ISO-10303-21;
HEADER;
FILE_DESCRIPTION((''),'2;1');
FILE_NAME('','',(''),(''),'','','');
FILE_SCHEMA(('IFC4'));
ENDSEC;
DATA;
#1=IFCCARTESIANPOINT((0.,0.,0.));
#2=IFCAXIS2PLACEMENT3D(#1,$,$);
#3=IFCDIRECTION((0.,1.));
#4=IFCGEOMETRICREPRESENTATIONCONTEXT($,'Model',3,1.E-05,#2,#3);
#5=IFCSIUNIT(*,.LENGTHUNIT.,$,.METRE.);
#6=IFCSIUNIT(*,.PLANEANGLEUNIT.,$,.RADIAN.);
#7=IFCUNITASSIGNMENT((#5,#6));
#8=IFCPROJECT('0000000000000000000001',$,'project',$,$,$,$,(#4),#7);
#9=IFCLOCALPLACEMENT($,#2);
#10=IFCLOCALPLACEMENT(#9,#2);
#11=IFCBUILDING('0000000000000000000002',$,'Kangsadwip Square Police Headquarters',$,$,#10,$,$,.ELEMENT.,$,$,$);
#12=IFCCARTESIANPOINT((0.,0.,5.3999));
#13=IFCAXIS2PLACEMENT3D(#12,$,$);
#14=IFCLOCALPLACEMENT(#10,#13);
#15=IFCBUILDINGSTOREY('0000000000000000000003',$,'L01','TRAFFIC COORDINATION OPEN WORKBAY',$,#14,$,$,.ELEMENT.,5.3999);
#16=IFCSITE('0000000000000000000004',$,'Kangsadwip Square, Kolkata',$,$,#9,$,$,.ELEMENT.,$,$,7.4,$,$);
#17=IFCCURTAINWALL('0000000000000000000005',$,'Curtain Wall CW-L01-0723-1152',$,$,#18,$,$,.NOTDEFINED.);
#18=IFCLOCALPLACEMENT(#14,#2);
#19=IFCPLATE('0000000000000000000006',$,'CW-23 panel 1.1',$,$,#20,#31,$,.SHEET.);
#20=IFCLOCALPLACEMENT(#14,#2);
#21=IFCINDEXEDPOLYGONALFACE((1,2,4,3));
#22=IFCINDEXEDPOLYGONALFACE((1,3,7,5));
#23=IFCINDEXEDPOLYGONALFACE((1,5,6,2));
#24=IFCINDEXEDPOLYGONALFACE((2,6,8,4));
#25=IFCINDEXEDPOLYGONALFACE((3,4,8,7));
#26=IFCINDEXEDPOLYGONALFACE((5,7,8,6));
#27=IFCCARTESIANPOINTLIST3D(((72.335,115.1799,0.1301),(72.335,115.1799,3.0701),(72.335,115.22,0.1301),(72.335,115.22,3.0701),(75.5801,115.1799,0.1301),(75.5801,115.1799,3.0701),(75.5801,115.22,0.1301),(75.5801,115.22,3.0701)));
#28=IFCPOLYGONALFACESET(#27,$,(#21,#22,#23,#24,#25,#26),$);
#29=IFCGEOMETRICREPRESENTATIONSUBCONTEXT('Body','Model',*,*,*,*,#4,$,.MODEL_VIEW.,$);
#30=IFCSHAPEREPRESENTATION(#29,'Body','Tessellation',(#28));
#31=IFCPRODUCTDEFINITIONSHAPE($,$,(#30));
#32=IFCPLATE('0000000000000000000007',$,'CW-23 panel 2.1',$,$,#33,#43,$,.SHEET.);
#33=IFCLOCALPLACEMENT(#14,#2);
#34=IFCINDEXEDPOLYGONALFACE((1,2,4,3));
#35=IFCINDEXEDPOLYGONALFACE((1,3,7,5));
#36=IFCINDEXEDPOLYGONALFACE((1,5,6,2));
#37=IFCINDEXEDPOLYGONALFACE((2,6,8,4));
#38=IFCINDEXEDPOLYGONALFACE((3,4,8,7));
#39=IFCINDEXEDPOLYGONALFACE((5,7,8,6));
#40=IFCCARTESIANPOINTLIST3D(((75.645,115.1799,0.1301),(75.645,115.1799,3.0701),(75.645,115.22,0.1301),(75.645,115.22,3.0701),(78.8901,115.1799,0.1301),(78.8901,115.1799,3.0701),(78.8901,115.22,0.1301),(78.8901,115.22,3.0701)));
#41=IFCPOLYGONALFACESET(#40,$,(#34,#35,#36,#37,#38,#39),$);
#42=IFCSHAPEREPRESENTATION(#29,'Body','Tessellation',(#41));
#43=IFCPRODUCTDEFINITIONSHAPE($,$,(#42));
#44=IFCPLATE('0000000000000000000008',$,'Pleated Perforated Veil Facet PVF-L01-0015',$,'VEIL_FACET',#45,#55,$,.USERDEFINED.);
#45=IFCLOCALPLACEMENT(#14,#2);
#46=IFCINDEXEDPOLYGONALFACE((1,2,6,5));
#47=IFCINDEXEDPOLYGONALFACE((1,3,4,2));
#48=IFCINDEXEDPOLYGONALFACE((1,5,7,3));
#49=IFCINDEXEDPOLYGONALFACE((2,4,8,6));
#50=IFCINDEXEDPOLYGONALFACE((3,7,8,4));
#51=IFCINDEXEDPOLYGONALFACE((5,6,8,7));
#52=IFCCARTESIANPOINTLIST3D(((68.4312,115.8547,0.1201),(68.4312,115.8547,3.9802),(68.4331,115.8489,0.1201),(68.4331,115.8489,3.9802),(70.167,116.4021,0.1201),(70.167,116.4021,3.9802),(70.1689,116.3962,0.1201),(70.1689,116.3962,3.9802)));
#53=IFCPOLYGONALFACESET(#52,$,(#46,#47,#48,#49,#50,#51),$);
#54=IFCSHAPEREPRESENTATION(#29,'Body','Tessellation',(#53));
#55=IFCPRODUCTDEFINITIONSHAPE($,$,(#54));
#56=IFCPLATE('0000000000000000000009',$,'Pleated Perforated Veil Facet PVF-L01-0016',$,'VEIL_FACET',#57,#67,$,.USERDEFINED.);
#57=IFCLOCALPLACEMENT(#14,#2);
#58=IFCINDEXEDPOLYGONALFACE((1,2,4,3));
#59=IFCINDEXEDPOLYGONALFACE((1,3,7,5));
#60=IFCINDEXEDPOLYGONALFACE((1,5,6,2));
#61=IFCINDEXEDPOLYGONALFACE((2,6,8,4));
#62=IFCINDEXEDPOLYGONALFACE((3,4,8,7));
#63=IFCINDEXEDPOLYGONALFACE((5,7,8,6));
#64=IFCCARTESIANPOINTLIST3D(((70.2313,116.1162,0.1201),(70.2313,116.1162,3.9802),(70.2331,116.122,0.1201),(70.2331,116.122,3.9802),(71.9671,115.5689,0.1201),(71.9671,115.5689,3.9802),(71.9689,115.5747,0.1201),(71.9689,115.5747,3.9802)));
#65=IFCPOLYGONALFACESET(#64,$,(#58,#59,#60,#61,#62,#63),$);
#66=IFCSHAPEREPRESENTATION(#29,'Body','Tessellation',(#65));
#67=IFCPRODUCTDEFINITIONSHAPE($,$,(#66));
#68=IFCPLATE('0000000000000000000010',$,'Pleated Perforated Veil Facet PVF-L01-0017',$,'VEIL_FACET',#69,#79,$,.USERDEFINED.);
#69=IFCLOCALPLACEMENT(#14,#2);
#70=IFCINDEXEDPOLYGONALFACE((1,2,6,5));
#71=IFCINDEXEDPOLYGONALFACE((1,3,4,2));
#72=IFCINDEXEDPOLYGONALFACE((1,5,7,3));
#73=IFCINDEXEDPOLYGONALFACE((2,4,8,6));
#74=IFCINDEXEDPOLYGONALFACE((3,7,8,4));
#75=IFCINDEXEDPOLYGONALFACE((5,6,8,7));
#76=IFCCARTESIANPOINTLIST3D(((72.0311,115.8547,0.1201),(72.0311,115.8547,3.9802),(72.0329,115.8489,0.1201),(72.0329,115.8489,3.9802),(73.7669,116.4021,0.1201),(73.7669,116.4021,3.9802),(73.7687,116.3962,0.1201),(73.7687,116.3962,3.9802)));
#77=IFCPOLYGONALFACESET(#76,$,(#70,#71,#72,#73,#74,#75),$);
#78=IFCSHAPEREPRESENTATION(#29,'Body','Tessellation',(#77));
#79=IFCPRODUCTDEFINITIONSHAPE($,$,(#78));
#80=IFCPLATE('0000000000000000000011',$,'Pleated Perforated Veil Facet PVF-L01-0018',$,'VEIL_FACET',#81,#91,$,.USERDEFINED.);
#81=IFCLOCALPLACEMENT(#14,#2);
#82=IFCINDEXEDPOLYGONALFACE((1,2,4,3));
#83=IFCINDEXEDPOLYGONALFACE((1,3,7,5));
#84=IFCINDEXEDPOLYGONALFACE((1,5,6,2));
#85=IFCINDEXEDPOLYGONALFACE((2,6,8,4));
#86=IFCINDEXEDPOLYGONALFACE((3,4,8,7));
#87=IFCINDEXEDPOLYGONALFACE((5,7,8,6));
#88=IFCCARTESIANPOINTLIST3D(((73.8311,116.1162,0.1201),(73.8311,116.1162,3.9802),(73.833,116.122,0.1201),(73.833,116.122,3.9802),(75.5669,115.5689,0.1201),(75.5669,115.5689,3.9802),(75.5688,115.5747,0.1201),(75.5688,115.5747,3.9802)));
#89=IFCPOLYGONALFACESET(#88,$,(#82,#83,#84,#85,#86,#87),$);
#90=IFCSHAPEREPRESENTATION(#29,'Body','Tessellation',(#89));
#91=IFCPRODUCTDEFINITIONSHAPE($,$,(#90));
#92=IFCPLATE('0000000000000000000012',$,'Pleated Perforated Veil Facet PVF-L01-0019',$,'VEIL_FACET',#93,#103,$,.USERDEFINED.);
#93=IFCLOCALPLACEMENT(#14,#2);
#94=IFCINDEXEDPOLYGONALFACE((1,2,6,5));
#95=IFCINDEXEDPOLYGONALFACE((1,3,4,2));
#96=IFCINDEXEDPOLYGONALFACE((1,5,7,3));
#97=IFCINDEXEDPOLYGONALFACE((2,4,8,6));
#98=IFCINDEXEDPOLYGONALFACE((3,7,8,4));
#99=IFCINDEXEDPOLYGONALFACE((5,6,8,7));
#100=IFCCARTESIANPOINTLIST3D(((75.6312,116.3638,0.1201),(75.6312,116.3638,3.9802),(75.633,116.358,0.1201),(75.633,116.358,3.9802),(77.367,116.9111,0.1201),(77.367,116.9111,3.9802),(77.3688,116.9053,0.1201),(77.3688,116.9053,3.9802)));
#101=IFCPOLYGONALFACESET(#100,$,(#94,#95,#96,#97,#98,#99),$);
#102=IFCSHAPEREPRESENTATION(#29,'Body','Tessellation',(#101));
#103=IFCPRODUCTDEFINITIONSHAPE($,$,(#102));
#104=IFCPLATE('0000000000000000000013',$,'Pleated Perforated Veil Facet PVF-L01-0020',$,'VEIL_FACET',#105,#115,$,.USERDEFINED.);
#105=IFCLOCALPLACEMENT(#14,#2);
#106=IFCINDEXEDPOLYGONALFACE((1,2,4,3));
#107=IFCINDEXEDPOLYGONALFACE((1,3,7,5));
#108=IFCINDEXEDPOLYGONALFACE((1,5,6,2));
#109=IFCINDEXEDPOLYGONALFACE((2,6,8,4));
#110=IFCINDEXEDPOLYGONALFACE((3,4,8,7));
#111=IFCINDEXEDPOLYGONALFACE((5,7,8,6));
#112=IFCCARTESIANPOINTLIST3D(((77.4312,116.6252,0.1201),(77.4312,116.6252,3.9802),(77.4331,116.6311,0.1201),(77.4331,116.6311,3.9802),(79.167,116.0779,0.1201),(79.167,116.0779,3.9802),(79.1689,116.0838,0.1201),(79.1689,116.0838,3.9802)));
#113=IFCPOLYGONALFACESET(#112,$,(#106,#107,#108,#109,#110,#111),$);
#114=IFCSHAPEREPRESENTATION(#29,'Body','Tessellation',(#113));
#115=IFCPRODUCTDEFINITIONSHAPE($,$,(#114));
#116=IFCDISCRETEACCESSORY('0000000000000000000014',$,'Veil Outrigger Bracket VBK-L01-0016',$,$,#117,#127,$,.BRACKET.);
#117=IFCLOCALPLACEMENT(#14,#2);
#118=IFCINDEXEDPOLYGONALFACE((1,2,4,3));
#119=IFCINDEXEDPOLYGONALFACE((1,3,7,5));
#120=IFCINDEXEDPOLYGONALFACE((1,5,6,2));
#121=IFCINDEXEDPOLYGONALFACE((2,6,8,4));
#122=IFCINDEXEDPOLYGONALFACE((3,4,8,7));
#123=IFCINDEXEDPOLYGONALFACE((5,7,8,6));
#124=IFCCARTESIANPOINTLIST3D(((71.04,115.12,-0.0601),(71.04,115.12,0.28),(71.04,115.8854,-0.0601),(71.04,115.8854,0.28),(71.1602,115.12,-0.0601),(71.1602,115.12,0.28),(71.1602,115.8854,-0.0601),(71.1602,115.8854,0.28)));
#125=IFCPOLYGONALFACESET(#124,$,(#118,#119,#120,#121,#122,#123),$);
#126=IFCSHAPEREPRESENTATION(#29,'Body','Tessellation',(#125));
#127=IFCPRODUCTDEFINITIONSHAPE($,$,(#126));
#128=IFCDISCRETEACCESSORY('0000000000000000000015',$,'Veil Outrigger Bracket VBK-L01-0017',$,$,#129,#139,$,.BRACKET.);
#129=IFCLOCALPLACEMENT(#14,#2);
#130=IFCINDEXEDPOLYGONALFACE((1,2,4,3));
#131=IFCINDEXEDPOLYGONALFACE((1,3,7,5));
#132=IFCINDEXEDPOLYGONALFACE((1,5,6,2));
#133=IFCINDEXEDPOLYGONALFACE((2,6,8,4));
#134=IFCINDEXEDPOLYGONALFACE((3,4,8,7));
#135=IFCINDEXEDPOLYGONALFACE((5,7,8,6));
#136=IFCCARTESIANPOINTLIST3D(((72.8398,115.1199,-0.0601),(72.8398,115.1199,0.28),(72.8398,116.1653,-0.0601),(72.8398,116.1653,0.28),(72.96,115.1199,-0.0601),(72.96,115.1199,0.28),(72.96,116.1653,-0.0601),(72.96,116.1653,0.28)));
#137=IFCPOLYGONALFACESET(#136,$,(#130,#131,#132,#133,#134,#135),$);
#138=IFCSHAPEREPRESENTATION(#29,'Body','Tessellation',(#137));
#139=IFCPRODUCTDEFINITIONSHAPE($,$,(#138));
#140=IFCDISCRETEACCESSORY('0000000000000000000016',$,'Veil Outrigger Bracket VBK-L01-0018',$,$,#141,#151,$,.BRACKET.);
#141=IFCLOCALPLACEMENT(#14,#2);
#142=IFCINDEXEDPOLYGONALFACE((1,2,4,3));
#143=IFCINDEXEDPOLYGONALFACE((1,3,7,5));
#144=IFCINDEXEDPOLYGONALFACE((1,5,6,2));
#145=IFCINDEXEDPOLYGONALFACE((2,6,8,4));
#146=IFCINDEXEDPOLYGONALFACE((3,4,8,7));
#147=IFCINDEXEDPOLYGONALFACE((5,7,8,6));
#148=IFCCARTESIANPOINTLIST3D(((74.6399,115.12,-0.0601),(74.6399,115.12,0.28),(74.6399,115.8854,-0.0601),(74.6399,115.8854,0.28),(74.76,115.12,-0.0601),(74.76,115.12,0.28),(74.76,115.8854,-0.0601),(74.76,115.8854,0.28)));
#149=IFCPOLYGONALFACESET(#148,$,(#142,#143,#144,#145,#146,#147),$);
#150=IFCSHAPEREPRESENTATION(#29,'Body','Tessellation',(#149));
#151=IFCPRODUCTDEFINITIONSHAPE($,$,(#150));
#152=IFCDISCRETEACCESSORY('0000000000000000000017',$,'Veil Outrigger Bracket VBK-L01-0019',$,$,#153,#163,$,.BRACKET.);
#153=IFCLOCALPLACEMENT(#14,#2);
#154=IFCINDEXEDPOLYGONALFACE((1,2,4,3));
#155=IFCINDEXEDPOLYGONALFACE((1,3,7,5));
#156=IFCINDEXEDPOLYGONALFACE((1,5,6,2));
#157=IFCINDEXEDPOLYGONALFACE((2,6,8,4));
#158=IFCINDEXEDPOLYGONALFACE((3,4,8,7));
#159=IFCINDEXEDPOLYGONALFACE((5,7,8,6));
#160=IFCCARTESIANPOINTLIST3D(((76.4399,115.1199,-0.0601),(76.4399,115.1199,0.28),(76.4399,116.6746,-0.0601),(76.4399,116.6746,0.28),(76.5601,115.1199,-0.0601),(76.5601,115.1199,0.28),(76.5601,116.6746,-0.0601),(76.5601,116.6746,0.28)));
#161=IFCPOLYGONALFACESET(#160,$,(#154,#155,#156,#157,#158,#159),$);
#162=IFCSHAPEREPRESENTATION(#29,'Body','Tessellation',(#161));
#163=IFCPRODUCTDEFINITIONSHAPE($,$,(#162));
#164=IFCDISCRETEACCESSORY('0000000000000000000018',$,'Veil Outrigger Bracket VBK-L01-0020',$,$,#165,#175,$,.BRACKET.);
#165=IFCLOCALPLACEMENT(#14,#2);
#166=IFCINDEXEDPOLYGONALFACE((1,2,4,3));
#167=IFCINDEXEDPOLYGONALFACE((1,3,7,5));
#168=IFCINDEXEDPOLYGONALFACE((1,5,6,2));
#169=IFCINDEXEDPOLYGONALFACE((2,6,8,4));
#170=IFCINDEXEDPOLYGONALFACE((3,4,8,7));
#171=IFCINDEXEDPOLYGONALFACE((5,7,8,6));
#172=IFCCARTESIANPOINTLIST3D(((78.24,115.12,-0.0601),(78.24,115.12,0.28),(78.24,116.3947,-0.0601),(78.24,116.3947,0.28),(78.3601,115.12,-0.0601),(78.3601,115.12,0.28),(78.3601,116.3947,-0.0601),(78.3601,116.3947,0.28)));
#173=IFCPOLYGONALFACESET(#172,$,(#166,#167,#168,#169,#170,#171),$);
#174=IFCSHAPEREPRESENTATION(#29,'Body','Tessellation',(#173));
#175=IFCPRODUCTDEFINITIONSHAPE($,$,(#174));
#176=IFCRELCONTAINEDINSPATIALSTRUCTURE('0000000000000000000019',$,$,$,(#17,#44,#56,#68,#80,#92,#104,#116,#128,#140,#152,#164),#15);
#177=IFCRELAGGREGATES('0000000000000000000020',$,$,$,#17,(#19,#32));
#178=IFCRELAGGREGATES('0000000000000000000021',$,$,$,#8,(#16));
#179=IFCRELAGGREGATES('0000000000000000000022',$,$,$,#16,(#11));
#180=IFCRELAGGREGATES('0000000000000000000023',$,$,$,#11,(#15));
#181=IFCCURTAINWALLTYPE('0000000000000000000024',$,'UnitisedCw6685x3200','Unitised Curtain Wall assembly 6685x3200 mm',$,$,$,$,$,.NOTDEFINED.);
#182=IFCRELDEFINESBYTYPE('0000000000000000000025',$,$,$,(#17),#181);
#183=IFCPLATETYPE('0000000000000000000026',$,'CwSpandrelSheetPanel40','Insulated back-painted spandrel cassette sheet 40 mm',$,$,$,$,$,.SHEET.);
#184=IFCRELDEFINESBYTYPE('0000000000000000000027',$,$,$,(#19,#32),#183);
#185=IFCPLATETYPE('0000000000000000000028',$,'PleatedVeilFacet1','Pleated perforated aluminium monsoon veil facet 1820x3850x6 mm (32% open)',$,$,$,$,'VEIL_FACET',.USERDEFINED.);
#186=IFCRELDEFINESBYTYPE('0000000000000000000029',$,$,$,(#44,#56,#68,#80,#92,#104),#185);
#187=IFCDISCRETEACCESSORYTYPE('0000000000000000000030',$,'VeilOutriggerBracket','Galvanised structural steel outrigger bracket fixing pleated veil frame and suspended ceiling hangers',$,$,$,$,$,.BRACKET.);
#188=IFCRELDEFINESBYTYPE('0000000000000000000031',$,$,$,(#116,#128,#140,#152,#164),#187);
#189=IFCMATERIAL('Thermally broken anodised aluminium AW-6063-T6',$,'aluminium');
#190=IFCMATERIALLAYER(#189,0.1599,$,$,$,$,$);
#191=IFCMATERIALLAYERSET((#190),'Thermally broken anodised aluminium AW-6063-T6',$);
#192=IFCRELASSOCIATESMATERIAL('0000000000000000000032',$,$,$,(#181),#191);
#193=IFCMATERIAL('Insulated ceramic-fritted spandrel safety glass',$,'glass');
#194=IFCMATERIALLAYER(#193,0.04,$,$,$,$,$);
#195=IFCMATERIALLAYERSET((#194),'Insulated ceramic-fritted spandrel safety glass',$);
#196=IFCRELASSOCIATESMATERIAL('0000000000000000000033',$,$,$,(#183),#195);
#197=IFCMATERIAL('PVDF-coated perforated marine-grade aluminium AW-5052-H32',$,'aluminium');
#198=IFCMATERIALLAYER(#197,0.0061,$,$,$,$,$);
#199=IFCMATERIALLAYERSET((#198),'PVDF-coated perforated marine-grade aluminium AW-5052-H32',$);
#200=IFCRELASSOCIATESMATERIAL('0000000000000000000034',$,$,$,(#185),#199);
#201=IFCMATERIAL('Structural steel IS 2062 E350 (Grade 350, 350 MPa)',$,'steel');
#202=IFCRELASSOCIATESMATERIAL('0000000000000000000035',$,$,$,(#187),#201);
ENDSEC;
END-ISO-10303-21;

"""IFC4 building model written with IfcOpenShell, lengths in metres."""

from ifc_helpers import new_model, si_unit, direction, frame, origin, origin_2d, place, context, subcontext, project, spatial, rectangle, extrude, material, layer, layer_set, type_object, element, aggregate, save


model = new_model("IFC4")

# Units and contexts
model_context = context("Model", 3, precision=1e-05, world=origin(), true_north=direction((0.0, 1.0)))
body_context = subcontext(model_context, "Body", "Model", "MODEL_VIEW")
ifc_project = project(units=[si_unit("LENGTHUNIT", "METRE"), si_unit("PLANEANGLEUNIT", "RADIAN")], contexts=[model_context])

# Site, building, storey
site_placement = place(None, origin())
site = spatial("IfcSite", under=ifc_project, at=site_placement, Name="Kangsadwip Square, Kolkata", CompositionType="ELEMENT", RefElevation=7.4)
building_placement = place(site_placement, origin())
building = spatial("IfcBuilding", under=site, at=building_placement, Name="Kangsadwip Square Police Headquarters", CompositionType="ELEMENT")
storey_placement = place(building_placement, frame((0.0, 0.0, 5.3999)))
storey = spatial("IfcBuildingStorey", under=building, at=storey_placement, Name="L01", Description="TRAFFIC COORDINATION OPEN WORKBAY", CompositionType="ELEMENT", Elevation=5.3999)

# Shared definitions
ifc_material_1 = material(Name="Thermally broken anodised aluminium AW-6063-T6", Category="aluminium")
ifc_layer_1 = layer(ifc_material_1, 0.1599)
ifc_layer_set_1 = layer_set([ifc_layer_1], Name="Thermally broken anodised aluminium AW-6063-T6")
curtain_wall_type = type_object("IfcCurtainWallType", Name="UnitisedCw6685x3200", Description="Unitised Curtain Wall assembly 6685x3200 mm", PredefinedType="NOTDEFINED", material=ifc_layer_set_1)

# Curtain wall
curtain_wall_1_placement = place(storey_placement, origin())
curtain_wall_1 = element("IfcCurtainWall", 1, at=curtain_wall_1_placement, inside=storey, type_object=curtain_wall_type, Name="Curtain Wall CW-L01-0723-1152", PredefinedType="NOTDEFINED")

# Plates
ifc_material_2 = material(Name="Insulated ceramic-fritted spandrel safety glass", Category="glass")
ifc_layer_2 = layer(ifc_material_2, 0.04)
ifc_layer_set_2 = layer_set([ifc_layer_2], Name="Insulated ceramic-fritted spandrel safety glass")
plate_type_1 = type_object("IfcPlateType", Name="CwSpandrelSheetPanel40", Description="Insulated back-painted spandrel cassette sheet 40 mm", PredefinedType="SHEET", material=ifc_layer_set_2)
plate_1_placement = place(storey_placement, frame((73.9575, 115.2, 0.1301), z_axis=(0.0, 0.0, 1.0), x_axis=(1.0, 0.0, 0.0)))
plate_1 = element("IfcPlate", 2, at=plate_1_placement, type_object=plate_type_1, Name="CW-23 panel 1.1", PredefinedType="SHEET", context=body_context, shape_type="SweptSolid", body=[
    extrude(rectangle(XDim=3.2451, YDim=0.04, at=origin_2d()), origin(), (0.0, 0.0, 1.0), 2.9399),
])
plate_2_placement = place(storey_placement, frame((77.2676, 115.2, 0.1301), z_axis=(0.0, 0.0, 1.0), x_axis=(1.0, 0.0, 0.0)))
plate_2 = element("IfcPlate", 3, at=plate_2_placement, type_object=plate_type_1, Name="CW-23 panel 2.1", PredefinedType="SHEET", context=body_context, shape_type="SweptSolid", body=[
    extrude(rectangle(XDim=3.2451, YDim=0.04, at=origin_2d()), origin(), (0.0, 0.0, 1.0), 2.9399),
])
aggregate(curtain_wall_1, [plate_1, plate_2])

# Plates
ifc_material_3 = material(Name="PVDF-coated perforated marine-grade aluminium AW-5052-H32", Category="aluminium")
ifc_layer_3 = layer(ifc_material_3, 0.0061)
ifc_layer_set_3 = layer_set([ifc_layer_3], Name="PVDF-coated perforated marine-grade aluminium AW-5052-H32")
plate_type_2 = type_object("IfcPlateType", Name="PleatedVeilFacet1", Description="Pleated perforated aluminium monsoon veil facet 1820x3850x6 mm (32% open)", ElementType="VEIL_FACET", PredefinedType="USERDEFINED", material=ifc_layer_set_3)
for number, where, z_axis, x_axis, name in (
    (4, (69.3, 116.1255, 0.1201), (0.0, 0.0, 1.0), (0.953717, 0.300706, 0.0), "Pleated Perforated Veil Facet PVF-L01-0015"),
    (5, (71.1001, 115.8455, 0.1201), (0.0, 0.0, 1.0), (0.953717, -0.300706, 0.0), "Pleated Perforated Veil Facet PVF-L01-0016"),
    (6, (72.8999, 116.1255, 0.1201), (0.0, 0.0, 1.0), (0.953717, 0.300706, 0.0), "Pleated Perforated Veil Facet PVF-L01-0017"),
    (7, (74.7, 115.8455, 0.1201), (0.0, 0.0, 1.0), (0.953717, -0.300706, 0.0), "Pleated Perforated Veil Facet PVF-L01-0018"),
    (8, (76.5, 116.6345, 0.1201), (0.0, 0.0, 1.0), (0.953717, 0.300706, 0.0), "Pleated Perforated Veil Facet PVF-L01-0019"),
    (9, (78.3, 116.3545, 0.1201), (0.0, 0.0, 1.0), (0.953717, -0.300706, 0.0), "Pleated Perforated Veil Facet PVF-L01-0020"),
):
    element("IfcPlate", number, at=place(storey_placement, frame(where, z_axis=z_axis, x_axis=x_axis)), inside=storey, type_object=plate_type_2, Name=name, ObjectType="VEIL_FACET", PredefinedType="USERDEFINED", context=body_context, shape_type="SweptSolid", body=[
        extrude(rectangle(XDim=1.8201, YDim=0.0061, at=origin_2d()), origin(), (0.0, 0.0, 1.0), 3.8601),
    ])

# Discrete accessories
ifc_material_4 = material(Name="Structural steel IS 2062 E350 (Grade 350, 350 MPa)", Category="steel")
discrete_accessory_type = type_object("IfcDiscreteAccessoryType", Name="VeilOutriggerBracket", Description="Galvanised structural steel outrigger bracket fixing pleated veil frame and suspended ceiling hangers", PredefinedType="BRACKET", material=ifc_material_4)
discrete_accessory_1_placement = place(storey_placement, frame((71.1001, 115.5027, -0.0601), z_axis=(0.0, 0.0, 1.0), x_axis=(1.0, 0.0, 0.0)))
element("IfcDiscreteAccessory", 10, at=discrete_accessory_1_placement, inside=storey, type_object=discrete_accessory_type, Name="Veil Outrigger Bracket VBK-L01-0016", PredefinedType="BRACKET", context=body_context, shape_type="SweptSolid", body=[
    extrude(rectangle(XDim=0.1201, YDim=0.7654, at=origin_2d()), origin(), (0.0, 0.0, 1.0), 0.3401),
])
discrete_accessory_2_placement = place(storey_placement, frame((72.8999, 115.6426, -0.0601), z_axis=(0.0, 0.0, 1.0), x_axis=(1.0, 0.0, 0.0)))
element("IfcDiscreteAccessory", 11, at=discrete_accessory_2_placement, inside=storey, type_object=discrete_accessory_type, Name="Veil Outrigger Bracket VBK-L01-0017", PredefinedType="BRACKET", context=body_context, shape_type="SweptSolid", body=[
    extrude(rectangle(XDim=0.1201, YDim=1.0454, at=origin_2d()), origin(), (0.0, 0.0, 1.0), 0.3401),
])
discrete_accessory_3_placement = place(storey_placement, frame((74.7, 115.5027, -0.0601), z_axis=(0.0, 0.0, 1.0), x_axis=(1.0, 0.0, 0.0)))
element("IfcDiscreteAccessory", 12, at=discrete_accessory_3_placement, inside=storey, type_object=discrete_accessory_type, Name="Veil Outrigger Bracket VBK-L01-0018", PredefinedType="BRACKET", context=body_context, shape_type="SweptSolid", body=[
    extrude(rectangle(XDim=0.1201, YDim=0.7654, at=origin_2d()), origin(), (0.0, 0.0, 1.0), 0.3401),
])
discrete_accessory_4_placement = place(storey_placement, frame((76.5, 115.8972, -0.0601), z_axis=(0.0, 0.0, 1.0), x_axis=(1.0, 0.0, 0.0)))
element("IfcDiscreteAccessory", 13, at=discrete_accessory_4_placement, inside=storey, type_object=discrete_accessory_type, Name="Veil Outrigger Bracket VBK-L01-0019", PredefinedType="BRACKET", context=body_context, shape_type="SweptSolid", body=[
    extrude(rectangle(XDim=0.1201, YDim=1.5547, at=origin_2d()), origin(), (0.0, 0.0, 1.0), 0.3401),
])
discrete_accessory_5_placement = place(storey_placement, frame((78.3, 115.7573, -0.0601), z_axis=(0.0, 0.0, 1.0), x_axis=(1.0, 0.0, 0.0)))
element("IfcDiscreteAccessory", 14, at=discrete_accessory_5_placement, inside=storey, type_object=discrete_accessory_type, Name="Veil Outrigger Bracket VBK-L01-0020", PredefinedType="BRACKET", context=body_context, shape_type="SweptSolid", body=[
    extrude(rectangle(XDim=0.1201, YDim=1.2747, at=origin_2d()), origin(), (0.0, 0.0, 1.0), 0.3401),
])

save(model, "model.ifc")
